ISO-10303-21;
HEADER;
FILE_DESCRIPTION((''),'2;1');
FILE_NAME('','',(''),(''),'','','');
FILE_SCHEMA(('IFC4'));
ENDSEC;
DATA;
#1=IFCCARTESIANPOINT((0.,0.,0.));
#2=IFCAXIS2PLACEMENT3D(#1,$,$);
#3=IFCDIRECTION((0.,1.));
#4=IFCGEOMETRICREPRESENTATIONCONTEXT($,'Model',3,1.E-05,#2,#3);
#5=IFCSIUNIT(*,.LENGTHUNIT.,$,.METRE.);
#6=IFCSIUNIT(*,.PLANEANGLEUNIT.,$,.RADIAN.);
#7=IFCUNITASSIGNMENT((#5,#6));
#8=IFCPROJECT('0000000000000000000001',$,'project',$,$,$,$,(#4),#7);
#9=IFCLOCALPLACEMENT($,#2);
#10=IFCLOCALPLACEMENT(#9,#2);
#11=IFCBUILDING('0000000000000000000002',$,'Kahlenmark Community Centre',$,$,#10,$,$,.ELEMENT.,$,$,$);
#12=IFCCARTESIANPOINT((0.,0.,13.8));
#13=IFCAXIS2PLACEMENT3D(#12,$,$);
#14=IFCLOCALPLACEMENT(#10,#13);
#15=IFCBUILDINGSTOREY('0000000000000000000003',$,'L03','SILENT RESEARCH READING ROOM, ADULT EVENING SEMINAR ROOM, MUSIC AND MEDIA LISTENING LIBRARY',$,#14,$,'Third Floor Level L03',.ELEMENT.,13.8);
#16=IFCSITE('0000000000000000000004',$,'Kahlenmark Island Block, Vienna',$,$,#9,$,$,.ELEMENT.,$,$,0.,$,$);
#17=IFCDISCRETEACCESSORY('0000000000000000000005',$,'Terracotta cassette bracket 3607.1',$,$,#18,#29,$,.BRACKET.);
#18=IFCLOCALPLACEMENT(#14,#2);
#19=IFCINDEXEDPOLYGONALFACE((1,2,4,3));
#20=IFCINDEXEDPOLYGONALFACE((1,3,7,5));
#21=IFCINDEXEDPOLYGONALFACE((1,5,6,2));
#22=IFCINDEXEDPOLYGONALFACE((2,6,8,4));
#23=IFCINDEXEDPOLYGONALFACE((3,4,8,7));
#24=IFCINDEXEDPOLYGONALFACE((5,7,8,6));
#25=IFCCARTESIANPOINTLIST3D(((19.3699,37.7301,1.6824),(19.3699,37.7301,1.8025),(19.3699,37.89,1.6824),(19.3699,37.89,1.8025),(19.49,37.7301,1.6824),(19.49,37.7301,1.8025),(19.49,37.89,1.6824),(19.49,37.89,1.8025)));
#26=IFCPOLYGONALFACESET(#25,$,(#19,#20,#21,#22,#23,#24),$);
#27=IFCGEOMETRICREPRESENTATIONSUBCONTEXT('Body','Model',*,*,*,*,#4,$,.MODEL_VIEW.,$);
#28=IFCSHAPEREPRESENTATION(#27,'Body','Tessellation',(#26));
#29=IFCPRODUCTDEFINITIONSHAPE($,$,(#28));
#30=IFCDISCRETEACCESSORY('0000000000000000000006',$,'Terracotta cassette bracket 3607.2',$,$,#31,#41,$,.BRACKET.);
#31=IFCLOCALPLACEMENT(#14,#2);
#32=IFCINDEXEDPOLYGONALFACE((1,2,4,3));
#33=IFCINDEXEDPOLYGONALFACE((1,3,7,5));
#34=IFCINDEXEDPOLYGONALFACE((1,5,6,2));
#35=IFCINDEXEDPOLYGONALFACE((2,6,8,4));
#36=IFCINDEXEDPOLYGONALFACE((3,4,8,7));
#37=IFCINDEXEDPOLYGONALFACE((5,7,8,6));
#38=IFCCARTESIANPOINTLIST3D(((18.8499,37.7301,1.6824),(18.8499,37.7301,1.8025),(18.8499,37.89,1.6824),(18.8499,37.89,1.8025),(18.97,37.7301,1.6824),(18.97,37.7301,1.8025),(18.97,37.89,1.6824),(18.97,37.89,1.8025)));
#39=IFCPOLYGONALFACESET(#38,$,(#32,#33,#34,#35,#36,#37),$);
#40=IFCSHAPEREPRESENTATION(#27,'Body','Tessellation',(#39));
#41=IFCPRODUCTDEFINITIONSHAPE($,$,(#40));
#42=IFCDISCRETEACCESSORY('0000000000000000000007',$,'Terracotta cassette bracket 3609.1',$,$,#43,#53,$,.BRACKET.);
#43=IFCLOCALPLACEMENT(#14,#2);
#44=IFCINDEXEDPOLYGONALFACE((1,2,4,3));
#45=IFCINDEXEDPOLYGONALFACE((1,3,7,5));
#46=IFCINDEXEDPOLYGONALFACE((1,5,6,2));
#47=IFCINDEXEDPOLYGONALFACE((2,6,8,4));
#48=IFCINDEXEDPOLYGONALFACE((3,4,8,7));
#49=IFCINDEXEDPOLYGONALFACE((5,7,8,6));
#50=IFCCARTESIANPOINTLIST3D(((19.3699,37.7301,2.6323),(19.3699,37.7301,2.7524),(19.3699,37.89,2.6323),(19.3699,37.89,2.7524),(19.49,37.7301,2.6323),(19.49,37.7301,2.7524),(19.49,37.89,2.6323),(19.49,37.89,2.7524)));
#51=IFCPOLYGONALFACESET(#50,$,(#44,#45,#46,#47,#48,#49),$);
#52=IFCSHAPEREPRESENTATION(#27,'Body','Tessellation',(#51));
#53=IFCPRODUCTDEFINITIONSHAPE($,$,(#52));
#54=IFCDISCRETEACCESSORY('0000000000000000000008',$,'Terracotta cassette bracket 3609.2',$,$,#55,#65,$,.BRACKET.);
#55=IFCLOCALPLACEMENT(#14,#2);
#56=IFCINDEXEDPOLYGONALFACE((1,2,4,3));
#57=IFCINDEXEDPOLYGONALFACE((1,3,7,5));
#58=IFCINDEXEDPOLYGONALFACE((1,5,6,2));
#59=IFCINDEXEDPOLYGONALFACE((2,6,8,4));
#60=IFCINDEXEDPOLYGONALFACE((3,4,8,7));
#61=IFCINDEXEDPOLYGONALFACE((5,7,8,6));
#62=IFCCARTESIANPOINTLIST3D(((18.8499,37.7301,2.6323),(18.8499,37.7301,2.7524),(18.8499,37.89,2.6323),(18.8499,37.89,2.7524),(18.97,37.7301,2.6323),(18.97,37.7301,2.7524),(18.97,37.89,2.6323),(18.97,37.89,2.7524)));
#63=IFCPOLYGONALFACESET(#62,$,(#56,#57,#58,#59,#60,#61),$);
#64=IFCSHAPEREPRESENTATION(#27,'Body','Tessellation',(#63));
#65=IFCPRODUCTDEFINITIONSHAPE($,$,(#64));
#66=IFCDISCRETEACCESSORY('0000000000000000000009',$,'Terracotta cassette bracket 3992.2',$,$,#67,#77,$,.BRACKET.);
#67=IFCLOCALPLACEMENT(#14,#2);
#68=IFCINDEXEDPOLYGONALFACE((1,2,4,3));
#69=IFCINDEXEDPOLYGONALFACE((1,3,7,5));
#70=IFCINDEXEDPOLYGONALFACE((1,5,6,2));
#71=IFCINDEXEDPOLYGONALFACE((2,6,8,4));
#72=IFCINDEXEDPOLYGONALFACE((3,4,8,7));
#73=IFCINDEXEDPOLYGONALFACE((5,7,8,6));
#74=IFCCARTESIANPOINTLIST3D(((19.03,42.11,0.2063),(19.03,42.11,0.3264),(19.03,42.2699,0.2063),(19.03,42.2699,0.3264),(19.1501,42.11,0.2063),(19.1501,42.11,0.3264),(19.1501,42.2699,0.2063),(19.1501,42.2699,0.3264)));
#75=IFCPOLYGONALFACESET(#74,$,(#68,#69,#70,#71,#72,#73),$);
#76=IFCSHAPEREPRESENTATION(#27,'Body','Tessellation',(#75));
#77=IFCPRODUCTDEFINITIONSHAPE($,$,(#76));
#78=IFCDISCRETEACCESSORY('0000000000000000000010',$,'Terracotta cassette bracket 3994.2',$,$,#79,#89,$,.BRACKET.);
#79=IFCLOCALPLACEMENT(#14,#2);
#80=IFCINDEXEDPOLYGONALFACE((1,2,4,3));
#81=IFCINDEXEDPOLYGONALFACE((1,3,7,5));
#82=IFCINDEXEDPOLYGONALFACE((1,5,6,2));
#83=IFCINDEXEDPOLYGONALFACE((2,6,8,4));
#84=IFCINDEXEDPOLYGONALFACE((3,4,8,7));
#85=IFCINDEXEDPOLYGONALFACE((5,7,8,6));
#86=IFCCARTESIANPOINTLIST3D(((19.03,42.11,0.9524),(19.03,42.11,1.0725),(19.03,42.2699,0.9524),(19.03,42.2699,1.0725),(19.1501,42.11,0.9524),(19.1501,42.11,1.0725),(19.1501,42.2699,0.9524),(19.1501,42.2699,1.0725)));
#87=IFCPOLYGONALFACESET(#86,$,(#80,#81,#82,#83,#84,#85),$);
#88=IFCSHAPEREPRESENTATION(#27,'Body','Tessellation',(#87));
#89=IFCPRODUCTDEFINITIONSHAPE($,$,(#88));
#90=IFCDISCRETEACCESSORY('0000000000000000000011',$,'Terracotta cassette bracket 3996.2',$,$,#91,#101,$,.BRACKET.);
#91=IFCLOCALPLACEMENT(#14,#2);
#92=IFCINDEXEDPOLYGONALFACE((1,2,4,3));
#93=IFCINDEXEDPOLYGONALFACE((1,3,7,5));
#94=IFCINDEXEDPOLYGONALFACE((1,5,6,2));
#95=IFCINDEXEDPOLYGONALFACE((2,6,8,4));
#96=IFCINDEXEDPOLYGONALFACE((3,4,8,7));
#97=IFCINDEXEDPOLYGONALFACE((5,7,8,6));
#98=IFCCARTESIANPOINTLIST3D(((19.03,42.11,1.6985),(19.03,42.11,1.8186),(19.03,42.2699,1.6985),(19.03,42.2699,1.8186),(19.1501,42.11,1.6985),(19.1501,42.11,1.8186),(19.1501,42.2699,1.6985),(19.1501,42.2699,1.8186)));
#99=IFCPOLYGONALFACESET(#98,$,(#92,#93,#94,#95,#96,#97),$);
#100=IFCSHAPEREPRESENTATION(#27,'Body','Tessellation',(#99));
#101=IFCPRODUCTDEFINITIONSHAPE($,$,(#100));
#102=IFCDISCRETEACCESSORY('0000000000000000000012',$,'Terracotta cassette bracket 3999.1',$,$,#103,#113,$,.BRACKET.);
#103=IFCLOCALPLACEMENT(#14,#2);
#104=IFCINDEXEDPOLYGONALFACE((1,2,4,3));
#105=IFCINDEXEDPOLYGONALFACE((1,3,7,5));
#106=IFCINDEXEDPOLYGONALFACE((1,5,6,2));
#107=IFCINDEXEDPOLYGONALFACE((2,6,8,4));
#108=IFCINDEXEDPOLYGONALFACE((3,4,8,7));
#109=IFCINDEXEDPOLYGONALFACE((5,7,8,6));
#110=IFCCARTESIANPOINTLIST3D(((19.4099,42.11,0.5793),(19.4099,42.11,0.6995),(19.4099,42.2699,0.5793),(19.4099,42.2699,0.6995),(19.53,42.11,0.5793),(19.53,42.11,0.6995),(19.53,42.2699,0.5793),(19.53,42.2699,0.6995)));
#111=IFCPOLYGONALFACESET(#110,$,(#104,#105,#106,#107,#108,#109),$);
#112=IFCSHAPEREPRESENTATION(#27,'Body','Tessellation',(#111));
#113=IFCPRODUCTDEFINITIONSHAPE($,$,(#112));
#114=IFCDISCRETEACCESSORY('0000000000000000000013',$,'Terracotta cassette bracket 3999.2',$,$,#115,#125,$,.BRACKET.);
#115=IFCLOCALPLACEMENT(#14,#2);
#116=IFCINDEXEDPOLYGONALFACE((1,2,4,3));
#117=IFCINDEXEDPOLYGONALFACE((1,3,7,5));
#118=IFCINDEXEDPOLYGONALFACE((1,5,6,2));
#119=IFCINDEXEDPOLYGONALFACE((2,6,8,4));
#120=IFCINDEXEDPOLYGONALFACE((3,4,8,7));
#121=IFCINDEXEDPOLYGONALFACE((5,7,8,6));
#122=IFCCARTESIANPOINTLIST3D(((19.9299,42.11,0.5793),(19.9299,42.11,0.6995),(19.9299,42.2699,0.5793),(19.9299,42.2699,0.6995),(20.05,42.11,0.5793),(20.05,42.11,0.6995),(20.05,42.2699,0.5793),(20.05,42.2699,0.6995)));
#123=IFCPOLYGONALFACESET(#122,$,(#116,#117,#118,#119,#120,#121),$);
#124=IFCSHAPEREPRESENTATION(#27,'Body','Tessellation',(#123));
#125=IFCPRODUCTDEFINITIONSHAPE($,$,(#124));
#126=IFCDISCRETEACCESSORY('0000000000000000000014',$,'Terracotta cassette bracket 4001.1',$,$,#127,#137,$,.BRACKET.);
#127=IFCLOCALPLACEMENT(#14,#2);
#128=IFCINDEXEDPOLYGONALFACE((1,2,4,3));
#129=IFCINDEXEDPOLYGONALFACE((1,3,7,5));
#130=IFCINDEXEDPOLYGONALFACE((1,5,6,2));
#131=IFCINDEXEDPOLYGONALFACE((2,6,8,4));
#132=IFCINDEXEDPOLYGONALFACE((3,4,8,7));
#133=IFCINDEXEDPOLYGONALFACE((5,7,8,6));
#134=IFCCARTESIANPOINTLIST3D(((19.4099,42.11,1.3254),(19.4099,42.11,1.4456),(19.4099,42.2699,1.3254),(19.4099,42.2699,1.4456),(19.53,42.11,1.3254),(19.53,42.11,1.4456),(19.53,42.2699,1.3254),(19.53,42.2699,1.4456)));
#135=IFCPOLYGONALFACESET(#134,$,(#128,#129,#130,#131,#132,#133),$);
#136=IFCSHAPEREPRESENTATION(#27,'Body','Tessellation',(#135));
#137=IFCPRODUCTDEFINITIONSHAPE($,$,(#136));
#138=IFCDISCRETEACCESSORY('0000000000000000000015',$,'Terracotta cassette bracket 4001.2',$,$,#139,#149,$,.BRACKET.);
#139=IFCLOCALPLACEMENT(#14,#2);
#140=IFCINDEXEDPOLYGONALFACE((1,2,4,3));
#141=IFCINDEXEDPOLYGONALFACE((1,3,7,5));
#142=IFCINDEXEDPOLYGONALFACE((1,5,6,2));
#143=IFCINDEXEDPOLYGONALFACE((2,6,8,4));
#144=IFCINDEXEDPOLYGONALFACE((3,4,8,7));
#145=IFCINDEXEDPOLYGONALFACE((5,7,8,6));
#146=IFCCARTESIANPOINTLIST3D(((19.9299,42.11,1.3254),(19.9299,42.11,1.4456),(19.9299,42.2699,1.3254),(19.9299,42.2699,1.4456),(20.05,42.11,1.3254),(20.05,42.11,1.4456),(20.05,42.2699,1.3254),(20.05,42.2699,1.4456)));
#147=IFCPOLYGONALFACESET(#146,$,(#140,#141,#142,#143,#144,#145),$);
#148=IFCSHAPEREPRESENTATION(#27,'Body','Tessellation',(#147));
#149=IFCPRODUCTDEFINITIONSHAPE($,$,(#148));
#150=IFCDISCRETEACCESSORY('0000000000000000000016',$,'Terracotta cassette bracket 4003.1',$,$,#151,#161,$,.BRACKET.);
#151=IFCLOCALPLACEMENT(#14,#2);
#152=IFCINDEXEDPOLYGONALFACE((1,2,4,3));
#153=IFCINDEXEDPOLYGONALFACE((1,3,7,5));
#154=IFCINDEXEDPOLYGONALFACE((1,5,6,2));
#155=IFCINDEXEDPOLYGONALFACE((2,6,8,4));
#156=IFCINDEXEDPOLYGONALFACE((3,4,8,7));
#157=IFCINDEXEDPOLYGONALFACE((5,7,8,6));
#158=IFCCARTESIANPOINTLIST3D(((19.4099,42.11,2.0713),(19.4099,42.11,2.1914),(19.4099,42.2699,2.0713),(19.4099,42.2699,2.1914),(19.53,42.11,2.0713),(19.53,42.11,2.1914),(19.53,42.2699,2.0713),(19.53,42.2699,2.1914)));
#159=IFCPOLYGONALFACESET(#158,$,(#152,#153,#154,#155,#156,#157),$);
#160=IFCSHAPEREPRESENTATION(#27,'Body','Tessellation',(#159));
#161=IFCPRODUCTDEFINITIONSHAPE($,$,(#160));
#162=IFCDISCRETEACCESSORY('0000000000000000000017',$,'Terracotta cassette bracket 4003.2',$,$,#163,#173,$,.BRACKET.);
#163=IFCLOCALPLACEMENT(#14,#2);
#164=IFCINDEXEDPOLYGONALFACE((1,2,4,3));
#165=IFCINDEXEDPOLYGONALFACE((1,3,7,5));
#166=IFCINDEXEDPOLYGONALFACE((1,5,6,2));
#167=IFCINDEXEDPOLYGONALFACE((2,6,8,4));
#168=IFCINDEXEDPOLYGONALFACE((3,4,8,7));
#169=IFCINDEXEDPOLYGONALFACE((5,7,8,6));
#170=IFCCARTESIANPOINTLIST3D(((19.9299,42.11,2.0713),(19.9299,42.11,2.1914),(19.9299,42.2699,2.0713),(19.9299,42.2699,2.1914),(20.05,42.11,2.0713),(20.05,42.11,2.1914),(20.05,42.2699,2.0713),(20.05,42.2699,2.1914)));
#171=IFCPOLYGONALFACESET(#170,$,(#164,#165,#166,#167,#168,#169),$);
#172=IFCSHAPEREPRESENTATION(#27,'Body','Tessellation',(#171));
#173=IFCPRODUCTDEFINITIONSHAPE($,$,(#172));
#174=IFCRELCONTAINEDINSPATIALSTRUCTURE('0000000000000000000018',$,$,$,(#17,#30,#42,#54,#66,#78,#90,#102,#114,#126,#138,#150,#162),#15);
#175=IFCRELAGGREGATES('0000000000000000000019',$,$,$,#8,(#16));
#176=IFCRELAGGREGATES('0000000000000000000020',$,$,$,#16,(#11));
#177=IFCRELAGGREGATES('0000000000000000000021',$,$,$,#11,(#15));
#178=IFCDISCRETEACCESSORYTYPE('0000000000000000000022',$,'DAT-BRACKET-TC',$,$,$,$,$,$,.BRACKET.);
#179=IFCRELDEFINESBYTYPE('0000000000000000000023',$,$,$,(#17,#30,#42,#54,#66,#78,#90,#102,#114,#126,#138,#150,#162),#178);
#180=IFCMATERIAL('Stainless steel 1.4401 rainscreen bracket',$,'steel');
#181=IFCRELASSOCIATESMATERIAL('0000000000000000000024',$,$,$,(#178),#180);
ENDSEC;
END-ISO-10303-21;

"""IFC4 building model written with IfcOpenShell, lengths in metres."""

from ifc_helpers import new_model, si_unit, direction, frame, origin, origin_2d, place, context, subcontext, project, spatial, rectangle, extrude, material, type_object, element, save


model = new_model("IFC4")

# Units and contexts
model_context = context("Model", 3, precision=1e-05, world=origin(), true_north=direction((0.0, 1.0)))
body_context = subcontext(model_context, "Body", "Model", "MODEL_VIEW")
ifc_project = project(units=[si_unit("LENGTHUNIT", "METRE"), si_unit("PLANEANGLEUNIT", "RADIAN")], contexts=[model_context])

# Site, building, storey
site_placement = place(None, origin())
site = spatial("IfcSite", under=ifc_project, at=site_placement, Name="Kahlenmark Island Block, Vienna", CompositionType="ELEMENT", RefElevation=0.0)
building_placement = place(site_placement, origin())
building = spatial("IfcBuilding", under=site, at=building_placement, Name="Kahlenmark Community Centre", CompositionType="ELEMENT")
storey_placement = place(building_placement, frame((0.0, 0.0, 13.8)))
storey = spatial("IfcBuildingStorey", under=building, at=storey_placement, Name="L03", Description="SILENT RESEARCH READING ROOM, ADULT EVENING SEMINAR ROOM, MUSIC AND MEDIA LISTENING LIBRARY", LongName="Third Floor Level L03", CompositionType="ELEMENT", Elevation=13.8)

# Discrete accessories
ifc_material_1 = material(Name="Stainless steel 1.4401 rainscreen bracket", Category="steel")
discrete_accessory_type = type_object("IfcDiscreteAccessoryType", Name="DAT-BRACKET-TC", PredefinedType="BRACKET", material=ifc_material_1)
for number, where, z_axis, x_axis, name in (
    (1, (19.4299, 37.8101, 1.6824), (0.0, 0.0, 1.0), (-1.0, 0.0, 0.0), "Terracotta cassette bracket 3607.1"),
    (2, (18.9099, 37.8101, 1.6824), (0.0, 0.0, 1.0), (-1.0, 0.0, 0.0), "Terracotta cassette bracket 3607.2"),
    (3, (19.4299, 37.8101, 2.6323), (0.0, 0.0, 1.0), (-1.0, 0.0, 0.0), "Terracotta cassette bracket 3609.1"),
    (4, (18.9099, 37.8101, 2.6323), (0.0, 0.0, 1.0), (-1.0, 0.0, 0.0), "Terracotta cassette bracket 3609.2"),
    (5, (19.0901, 42.1899, 0.2063), (0.0, 0.0, 1.0), (1.0, 0.0, 0.0), "Terracotta cassette bracket 3992.2"),
    (6, (19.0901, 42.1899, 0.9524), (0.0, 0.0, 1.0), (1.0, 0.0, 0.0), "Terracotta cassette bracket 3994.2"),
    (7, (19.0901, 42.1899, 1.6985), (0.0, 0.0, 1.0), (1.0, 0.0, 0.0), "Terracotta cassette bracket 3996.2"),
    (8, (19.47, 42.1899, 0.5793), (0.0, 0.0, 1.0), (1.0, 0.0, 0.0), "Terracotta cassette bracket 3999.1"),
    (9, (19.99, 42.1899, 0.5793), (0.0, 0.0, 1.0), (1.0, 0.0, 0.0), "Terracotta cassette bracket 3999.2"),
    (10, (19.47, 42.1899, 1.3254), (0.0, 0.0, 1.0), (1.0, 0.0, 0.0), "Terracotta cassette bracket 4001.1"),
    (11, (19.99, 42.1899, 1.3254), (0.0, 0.0, 1.0), (1.0, 0.0, 0.0), "Terracotta cassette bracket 4001.2"),
    (12, (19.47, 42.1899, 2.0713), (0.0, 0.0, 1.0), (1.0, 0.0, 0.0), "Terracotta cassette bracket 4003.1"),
    (13, (19.99, 42.1899, 2.0713), (0.0, 0.0, 1.0), (1.0, 0.0, 0.0), "Terracotta cassette bracket 4003.2"),
):
    element("IfcDiscreteAccessory", number, at=place(storey_placement, frame(where, z_axis=z_axis, x_axis=x_axis)), inside=storey, type_object=discrete_accessory_type, Name=name, PredefinedType="BRACKET", context=body_context, shape_type="SweptSolid", body=[
        extrude(rectangle(XDim=0.1201, YDim=0.1599, at=origin_2d()), origin(), (0.0, 0.0, 1.0), 0.1201),
    ])

save(model, "model.ifc")
